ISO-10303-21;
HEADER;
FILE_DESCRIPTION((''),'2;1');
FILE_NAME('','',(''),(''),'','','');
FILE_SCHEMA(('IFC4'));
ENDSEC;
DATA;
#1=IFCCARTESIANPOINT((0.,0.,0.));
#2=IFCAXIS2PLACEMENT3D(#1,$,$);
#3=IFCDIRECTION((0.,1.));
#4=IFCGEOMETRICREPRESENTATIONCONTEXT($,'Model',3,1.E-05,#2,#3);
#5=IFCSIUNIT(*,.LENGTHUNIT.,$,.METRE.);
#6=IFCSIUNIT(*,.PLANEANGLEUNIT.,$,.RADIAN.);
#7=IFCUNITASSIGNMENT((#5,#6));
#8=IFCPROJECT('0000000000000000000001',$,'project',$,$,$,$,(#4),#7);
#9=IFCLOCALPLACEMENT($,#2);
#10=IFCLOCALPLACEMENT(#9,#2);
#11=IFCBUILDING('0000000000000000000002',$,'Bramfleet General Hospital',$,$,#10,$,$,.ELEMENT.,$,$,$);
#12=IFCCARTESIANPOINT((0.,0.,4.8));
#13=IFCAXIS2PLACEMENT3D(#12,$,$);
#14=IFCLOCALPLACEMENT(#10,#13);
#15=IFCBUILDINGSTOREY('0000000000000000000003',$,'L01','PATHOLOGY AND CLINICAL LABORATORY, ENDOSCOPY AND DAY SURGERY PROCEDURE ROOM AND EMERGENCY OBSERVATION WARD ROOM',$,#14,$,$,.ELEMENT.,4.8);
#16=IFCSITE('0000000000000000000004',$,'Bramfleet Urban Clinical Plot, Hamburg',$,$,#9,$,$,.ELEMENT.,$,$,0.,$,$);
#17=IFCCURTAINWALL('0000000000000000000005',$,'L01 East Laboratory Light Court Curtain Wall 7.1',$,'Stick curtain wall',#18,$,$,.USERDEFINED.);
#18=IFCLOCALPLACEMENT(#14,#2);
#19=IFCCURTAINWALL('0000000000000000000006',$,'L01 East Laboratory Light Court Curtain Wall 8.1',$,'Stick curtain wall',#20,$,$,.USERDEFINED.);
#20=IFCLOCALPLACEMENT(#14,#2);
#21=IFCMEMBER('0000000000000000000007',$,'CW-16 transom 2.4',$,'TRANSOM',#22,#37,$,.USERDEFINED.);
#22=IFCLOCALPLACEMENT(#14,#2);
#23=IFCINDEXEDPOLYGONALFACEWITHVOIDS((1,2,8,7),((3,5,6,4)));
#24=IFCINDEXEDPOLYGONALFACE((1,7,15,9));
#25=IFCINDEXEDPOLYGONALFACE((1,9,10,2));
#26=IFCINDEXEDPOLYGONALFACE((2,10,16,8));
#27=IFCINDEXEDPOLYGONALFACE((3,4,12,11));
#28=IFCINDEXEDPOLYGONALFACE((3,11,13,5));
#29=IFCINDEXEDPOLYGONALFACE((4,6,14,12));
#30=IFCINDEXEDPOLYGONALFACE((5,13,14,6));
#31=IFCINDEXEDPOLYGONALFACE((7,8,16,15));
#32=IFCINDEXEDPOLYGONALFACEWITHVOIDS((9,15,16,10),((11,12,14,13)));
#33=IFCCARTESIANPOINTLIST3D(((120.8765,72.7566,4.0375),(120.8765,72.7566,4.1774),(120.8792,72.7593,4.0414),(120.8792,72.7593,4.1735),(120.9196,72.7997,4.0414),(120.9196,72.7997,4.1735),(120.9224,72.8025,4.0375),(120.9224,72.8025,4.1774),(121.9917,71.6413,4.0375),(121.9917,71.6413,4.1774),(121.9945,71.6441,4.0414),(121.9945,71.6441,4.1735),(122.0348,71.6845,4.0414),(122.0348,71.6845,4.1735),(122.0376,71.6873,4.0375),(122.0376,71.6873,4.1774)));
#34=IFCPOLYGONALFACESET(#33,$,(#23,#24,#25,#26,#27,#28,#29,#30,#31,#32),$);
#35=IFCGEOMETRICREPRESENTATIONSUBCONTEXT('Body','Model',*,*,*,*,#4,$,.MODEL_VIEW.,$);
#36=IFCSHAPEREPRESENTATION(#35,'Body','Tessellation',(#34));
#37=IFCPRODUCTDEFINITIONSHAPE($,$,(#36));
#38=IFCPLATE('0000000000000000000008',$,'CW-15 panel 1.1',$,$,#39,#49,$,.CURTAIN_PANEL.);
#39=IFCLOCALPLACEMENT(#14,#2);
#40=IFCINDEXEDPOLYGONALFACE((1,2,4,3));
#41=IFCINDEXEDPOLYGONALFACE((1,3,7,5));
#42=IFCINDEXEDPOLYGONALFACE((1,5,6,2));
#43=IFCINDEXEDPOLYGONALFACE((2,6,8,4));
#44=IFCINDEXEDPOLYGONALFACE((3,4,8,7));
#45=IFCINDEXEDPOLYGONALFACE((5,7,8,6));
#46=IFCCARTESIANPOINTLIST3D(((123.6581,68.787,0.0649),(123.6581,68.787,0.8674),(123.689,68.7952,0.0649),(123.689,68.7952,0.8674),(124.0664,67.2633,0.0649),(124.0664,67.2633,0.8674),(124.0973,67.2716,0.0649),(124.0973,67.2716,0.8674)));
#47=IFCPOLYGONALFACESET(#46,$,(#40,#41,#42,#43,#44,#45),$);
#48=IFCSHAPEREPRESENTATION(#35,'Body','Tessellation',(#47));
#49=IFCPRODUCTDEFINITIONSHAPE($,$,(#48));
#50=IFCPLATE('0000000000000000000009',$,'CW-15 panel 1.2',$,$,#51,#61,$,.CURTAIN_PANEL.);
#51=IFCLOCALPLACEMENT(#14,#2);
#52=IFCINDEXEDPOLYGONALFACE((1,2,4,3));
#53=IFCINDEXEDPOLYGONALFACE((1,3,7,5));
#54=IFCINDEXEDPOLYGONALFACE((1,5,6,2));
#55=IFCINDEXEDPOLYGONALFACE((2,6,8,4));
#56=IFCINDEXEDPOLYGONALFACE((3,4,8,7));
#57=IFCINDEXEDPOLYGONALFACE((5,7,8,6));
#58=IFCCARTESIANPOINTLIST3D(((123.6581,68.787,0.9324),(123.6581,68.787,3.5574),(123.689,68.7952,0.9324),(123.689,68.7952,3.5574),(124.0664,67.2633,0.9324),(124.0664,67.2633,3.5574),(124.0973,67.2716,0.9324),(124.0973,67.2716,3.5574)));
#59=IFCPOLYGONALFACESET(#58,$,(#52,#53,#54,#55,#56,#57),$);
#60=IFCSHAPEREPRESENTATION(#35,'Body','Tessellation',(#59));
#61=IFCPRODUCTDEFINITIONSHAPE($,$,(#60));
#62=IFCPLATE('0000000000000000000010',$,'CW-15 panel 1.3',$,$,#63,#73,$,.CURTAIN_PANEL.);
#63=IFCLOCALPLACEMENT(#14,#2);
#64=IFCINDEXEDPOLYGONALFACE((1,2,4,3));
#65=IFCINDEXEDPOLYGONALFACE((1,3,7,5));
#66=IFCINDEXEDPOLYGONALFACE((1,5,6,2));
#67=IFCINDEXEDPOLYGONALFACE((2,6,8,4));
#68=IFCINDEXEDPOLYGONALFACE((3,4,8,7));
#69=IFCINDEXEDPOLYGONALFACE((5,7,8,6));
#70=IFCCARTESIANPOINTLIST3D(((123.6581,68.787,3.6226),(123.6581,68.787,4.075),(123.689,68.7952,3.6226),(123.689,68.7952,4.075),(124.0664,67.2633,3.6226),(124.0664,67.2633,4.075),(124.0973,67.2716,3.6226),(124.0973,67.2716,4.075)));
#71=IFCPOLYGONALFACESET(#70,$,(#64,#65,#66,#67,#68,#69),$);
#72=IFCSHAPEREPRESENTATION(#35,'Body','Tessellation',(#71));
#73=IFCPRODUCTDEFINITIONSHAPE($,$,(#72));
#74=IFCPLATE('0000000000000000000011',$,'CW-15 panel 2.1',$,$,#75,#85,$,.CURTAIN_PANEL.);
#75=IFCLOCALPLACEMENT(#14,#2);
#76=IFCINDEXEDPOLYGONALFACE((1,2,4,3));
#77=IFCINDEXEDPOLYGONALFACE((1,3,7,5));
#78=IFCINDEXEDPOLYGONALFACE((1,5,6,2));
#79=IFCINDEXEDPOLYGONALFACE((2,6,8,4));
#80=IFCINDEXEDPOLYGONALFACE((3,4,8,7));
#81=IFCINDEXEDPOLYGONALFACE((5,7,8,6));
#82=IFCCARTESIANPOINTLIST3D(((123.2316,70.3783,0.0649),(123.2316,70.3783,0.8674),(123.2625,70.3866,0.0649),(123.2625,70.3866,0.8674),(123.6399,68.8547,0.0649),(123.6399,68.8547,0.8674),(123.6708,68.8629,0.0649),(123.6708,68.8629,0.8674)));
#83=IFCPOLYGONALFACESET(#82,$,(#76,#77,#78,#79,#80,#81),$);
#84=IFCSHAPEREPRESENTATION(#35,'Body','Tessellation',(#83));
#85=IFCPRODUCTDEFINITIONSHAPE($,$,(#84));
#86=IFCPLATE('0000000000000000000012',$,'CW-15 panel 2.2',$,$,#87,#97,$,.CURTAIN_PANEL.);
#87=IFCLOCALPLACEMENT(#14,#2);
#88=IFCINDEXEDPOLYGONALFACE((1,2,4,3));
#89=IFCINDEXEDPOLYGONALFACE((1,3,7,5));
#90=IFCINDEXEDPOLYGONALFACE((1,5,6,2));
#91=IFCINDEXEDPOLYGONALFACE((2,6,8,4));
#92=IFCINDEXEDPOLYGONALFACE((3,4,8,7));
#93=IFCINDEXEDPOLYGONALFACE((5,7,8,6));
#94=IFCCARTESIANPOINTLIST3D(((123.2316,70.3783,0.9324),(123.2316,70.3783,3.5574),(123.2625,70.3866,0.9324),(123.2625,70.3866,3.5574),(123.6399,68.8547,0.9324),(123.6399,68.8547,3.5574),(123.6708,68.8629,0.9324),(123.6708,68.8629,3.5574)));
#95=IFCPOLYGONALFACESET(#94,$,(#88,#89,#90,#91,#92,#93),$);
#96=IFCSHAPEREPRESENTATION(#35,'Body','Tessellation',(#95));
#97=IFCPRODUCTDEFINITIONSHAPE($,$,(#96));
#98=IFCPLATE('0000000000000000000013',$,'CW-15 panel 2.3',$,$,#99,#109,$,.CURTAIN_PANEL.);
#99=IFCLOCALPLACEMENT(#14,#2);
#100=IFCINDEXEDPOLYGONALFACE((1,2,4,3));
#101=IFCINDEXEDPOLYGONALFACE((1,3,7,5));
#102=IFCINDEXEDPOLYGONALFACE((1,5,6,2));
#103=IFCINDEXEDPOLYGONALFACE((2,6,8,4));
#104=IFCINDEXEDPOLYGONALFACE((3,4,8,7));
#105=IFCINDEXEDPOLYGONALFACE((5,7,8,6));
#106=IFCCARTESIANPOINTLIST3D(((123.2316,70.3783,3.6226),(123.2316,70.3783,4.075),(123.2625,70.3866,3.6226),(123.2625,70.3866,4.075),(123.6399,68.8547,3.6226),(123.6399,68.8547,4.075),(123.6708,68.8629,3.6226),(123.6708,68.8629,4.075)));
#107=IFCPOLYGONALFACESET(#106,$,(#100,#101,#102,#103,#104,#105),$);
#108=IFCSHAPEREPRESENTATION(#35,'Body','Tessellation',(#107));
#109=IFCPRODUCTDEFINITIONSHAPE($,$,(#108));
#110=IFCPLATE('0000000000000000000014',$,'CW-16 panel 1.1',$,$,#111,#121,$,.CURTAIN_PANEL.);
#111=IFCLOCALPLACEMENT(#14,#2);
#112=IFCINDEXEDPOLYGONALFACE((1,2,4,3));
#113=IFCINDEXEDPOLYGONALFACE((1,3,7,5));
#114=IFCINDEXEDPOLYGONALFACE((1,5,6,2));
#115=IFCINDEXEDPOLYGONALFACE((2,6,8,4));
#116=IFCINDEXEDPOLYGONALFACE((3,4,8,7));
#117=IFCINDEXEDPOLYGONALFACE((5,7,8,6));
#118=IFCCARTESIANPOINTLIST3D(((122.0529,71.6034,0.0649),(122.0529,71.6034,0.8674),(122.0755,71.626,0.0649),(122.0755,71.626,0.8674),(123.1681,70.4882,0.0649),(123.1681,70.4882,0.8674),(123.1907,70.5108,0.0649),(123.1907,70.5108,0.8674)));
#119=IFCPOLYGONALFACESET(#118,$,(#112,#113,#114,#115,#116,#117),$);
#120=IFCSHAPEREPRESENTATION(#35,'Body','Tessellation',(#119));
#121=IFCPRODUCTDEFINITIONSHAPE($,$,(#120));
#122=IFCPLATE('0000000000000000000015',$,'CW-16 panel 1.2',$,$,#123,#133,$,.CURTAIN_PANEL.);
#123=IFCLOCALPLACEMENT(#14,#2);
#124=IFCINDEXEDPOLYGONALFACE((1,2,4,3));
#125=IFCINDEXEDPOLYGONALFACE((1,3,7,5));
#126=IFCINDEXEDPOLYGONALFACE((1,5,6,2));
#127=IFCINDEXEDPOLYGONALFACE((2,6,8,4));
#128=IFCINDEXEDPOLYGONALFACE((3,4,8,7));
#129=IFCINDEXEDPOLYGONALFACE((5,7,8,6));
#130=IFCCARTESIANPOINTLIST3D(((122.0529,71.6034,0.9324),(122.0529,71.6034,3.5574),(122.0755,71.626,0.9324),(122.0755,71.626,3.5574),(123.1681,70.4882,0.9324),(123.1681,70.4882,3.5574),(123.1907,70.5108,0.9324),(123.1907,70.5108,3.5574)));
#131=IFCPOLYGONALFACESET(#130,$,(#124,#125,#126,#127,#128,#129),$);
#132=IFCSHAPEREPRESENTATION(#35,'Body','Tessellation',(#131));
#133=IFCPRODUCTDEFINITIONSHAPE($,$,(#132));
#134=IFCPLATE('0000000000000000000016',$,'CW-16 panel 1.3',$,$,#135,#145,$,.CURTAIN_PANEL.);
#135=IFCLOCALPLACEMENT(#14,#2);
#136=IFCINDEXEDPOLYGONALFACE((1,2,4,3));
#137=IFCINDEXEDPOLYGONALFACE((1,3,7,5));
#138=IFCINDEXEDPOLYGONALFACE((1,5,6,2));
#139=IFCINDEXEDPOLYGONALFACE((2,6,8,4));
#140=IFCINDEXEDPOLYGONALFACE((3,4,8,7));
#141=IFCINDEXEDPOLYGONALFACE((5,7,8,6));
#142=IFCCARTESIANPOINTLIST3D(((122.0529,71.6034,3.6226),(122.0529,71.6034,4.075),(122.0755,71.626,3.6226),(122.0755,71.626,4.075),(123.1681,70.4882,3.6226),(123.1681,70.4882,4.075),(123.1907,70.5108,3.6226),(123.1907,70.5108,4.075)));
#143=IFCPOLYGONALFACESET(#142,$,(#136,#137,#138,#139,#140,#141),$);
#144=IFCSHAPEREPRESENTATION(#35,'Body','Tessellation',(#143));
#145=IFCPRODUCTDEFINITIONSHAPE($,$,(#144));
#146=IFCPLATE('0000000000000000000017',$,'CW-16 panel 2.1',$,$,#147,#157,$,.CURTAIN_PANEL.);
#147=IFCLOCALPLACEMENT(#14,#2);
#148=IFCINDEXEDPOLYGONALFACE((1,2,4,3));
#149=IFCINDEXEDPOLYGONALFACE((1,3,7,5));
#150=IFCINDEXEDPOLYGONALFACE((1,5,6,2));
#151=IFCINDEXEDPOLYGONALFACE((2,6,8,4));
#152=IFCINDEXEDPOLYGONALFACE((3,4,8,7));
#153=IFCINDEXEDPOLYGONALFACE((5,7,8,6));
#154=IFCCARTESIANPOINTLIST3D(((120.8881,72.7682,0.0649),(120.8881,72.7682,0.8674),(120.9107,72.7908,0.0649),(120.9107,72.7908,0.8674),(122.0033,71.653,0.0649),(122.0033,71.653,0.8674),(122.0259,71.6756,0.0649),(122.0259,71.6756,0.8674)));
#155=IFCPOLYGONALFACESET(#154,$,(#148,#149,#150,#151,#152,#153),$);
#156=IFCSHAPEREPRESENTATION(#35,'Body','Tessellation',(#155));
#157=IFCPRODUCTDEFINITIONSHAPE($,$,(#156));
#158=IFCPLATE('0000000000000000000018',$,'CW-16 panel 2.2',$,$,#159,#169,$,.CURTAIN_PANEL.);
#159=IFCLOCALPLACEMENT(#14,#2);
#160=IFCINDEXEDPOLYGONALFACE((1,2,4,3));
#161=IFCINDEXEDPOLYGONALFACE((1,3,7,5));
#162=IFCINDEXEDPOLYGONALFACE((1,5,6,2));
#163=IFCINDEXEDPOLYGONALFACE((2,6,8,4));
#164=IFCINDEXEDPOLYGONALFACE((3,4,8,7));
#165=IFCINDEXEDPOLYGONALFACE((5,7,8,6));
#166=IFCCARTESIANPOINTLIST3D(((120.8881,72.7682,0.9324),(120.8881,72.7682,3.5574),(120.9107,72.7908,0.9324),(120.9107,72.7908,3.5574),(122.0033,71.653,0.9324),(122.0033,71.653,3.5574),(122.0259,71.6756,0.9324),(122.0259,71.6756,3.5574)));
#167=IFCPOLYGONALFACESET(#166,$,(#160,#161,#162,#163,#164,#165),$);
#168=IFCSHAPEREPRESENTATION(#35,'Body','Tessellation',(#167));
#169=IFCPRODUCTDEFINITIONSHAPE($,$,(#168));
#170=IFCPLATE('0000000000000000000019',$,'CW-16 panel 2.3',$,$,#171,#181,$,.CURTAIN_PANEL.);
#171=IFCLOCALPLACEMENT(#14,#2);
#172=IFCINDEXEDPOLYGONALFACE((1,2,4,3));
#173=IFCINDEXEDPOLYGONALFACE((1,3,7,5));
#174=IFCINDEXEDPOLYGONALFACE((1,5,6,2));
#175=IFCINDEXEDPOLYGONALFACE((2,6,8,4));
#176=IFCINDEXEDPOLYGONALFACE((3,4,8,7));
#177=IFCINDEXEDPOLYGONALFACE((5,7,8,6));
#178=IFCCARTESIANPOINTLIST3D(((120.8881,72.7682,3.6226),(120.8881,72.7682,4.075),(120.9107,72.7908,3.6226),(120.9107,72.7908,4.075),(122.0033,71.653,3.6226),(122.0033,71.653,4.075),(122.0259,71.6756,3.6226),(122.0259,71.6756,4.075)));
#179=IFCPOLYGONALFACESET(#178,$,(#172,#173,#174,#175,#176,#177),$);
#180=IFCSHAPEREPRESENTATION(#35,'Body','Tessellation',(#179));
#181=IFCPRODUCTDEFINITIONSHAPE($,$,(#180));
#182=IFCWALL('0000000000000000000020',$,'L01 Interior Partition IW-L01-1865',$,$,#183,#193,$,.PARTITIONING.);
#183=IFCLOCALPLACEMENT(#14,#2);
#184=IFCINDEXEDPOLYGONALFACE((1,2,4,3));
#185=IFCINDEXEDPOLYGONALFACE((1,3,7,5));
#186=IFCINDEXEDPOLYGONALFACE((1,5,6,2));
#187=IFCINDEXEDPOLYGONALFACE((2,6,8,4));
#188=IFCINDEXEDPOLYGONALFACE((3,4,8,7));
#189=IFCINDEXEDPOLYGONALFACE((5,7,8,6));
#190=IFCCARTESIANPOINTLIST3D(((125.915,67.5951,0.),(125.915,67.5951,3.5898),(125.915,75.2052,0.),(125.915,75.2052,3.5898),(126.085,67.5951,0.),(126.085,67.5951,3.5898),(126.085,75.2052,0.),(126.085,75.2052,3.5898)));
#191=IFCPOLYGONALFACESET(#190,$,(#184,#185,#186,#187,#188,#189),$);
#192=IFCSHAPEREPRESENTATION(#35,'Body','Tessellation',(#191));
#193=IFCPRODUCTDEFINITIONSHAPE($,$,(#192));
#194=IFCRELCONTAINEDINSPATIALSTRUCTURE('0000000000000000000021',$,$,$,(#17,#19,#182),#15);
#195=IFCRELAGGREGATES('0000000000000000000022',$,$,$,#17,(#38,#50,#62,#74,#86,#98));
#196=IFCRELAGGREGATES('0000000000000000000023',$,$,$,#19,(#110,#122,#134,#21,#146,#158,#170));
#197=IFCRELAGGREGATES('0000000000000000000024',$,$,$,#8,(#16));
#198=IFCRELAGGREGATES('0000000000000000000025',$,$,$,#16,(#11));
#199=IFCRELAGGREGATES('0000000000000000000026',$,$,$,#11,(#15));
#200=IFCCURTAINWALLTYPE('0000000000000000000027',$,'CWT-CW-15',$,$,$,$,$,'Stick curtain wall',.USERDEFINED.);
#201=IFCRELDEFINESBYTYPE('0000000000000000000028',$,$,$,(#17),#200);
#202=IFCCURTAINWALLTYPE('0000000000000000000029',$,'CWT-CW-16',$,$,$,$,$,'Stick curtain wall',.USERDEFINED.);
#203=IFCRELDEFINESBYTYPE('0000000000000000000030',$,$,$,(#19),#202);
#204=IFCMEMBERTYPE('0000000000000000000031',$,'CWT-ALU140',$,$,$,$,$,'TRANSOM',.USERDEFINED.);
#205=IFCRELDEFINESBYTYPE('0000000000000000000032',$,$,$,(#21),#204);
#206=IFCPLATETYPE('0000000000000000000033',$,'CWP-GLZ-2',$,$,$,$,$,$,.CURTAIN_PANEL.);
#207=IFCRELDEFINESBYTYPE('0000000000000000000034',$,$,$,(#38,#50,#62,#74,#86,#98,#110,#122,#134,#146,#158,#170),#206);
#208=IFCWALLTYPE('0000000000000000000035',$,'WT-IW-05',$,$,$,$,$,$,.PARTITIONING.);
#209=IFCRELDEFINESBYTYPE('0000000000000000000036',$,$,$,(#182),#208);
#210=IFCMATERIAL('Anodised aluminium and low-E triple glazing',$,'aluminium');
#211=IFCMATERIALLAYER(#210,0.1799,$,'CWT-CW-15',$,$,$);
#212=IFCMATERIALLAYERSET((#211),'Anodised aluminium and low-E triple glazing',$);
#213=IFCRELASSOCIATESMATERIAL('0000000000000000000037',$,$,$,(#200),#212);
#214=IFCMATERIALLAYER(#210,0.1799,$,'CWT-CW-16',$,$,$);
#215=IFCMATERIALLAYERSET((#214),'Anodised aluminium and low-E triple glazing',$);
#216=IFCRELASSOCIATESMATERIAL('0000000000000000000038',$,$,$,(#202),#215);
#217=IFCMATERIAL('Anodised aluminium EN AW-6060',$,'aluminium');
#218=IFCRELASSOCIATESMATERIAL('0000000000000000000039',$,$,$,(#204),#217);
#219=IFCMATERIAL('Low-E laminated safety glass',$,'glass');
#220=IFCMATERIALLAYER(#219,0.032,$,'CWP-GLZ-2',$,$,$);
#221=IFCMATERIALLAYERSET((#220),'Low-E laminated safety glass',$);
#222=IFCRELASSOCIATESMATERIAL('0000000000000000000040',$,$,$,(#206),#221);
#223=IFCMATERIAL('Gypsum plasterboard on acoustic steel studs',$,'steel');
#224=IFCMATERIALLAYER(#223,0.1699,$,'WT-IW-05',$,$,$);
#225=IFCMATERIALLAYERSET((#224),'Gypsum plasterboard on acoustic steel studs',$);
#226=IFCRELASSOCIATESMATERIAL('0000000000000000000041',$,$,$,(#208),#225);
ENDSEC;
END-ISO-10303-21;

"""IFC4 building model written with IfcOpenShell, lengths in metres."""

from ifc_helpers import new_model, si_unit, direction, frame, frame_2d, origin, origin_2d, place, context, subcontext, project, spatial, rectangle, hollow_rectangle, extrude, material, layer, layer_set, material_profile, profile_set, type_object, element, aggregate, save


model = new_model("IFC4")

# Units and contexts
model_context = context("Model", 3, precision=1e-05, world=origin(), true_north=direction((0.0, 1.0)))
body_context = subcontext(model_context, "Body", "Model", "MODEL_VIEW")
ifc_project = project(units=[si_unit("LENGTHUNIT", "METRE"), si_unit("PLANEANGLEUNIT", "RADIAN")], contexts=[model_context])

# Site, building, storey
site_placement = place(None, origin())
site = spatial("IfcSite", under=ifc_project, at=site_placement, Name="Bramfleet Urban Clinical Plot, Hamburg", CompositionType="ELEMENT", RefElevation=0.0)
building_placement = place(site_placement, origin())
building = spatial("IfcBuilding", under=site, at=building_placement, Name="Bramfleet General Hospital", CompositionType="ELEMENT")
storey_placement = place(building_placement, frame((0.0, 0.0, 4.8)))
storey = spatial("IfcBuildingStorey", under=building, at=storey_placement, Name="L01", Description="PATHOLOGY AND CLINICAL LABORATORY, ENDOSCOPY AND DAY SURGERY PROCEDURE ROOM AND EMERGENCY OBSERVATION WARD ROOM", CompositionType="ELEMENT", Elevation=4.8)

# Curtain walls
ifc_material_1 = material(Name="Anodised aluminium and low-E triple glazing", Category="aluminium")
ifc_layer_1 = layer(ifc_material_1, 0.1799, Name="CWT-CW-15")
ifc_layer_set_1 = layer_set([ifc_layer_1], Name="Anodised aluminium and low-E triple glazing")
curtain_wall_type_1 = type_object("IfcCurtainWallType", Name="CWT-CW-15", ElementType="Stick curtain wall", PredefinedType="USERDEFINED", material=ifc_layer_set_1)
curtain_wall_1_placement = place(storey_placement, origin())
curtain_wall_1 = element("IfcCurtainWall", 1, at=curtain_wall_1_placement, inside=storey, type_object=curtain_wall_type_1, Name="L01 East Laboratory Light Court Curtain Wall 7.1", ObjectType="Stick curtain wall", PredefinedType="USERDEFINED")
ifc_material_2 = material(Name="Anodised aluminium EN AW-6060", Category="aluminium")
ifc_layer_2 = layer(ifc_material_1, 0.1799, Name="CWT-CW-16")
ifc_layer_set_2 = layer_set([ifc_layer_2], Name="Anodised aluminium and low-E triple glazing")
curtain_wall_type_2 = type_object("IfcCurtainWallType", Name="CWT-CW-16", ElementType="Stick curtain wall", PredefinedType="USERDEFINED", material=ifc_layer_set_2)
curtain_wall_2_placement = place(storey_placement, origin())
curtain_wall_2 = element("IfcCurtainWall", 2, at=curtain_wall_2_placement, inside=storey, type_object=curtain_wall_type_2, Name="L01 East Laboratory Light Court Curtain Wall 8.1", ObjectType="Stick curtain wall", PredefinedType="USERDEFINED")

# Member
ifc_material_profile_1 = material_profile(ifc_material_2, hollow_rectangle(XDim=0.0649, YDim=0.1399, WallThickness=0.0039, at=origin_2d()), Name="ALU 140x65x4.0")
ifc_profile_set_1 = profile_set([ifc_material_profile_1], Name="Anodised aluminium EN AW-6060")
member_type_1 = type_object("IfcMemberType", Name="CWT-ALU140", ElementType="TRANSOM", PredefinedType="USERDEFINED", material=ifc_profile_set_1)
member_1_placement = place(storey_placement, frame((122.0146, 71.6643, 4.1074), z_axis=(-0.707107, 0.707107, 0.0), x_axis=(-0.707107, -0.707107, 0.0)))
member_1 = element("IfcMember", 3, at=member_1_placement, type_object=member_type_1, Name="CW-16 transom 2.4", ObjectType="TRANSOM", PredefinedType="USERDEFINED", context=body_context, shape_type="SweptSolid", body=[
    extrude(hollow_rectangle(XDim=0.0649, YDim=0.1399, WallThickness=0.0039, at=origin_2d()), origin(), (0.0, 0.0, 1.0), 1.5771),
])

# Plates
ifc_material_3 = material(Name="Low-E laminated safety glass", Category="glass")
ifc_layer_3 = layer(ifc_material_3, 0.032, Name="CWP-GLZ-2")
ifc_layer_set_3 = layer_set([ifc_layer_3], Name="Low-E laminated safety glass")
plate_type = type_object("IfcPlateType", Name="CWP-GLZ-2", PredefinedType="CURTAIN_PANEL", material=ifc_layer_set_3)
plate_1_placement = place(storey_placement, frame((123.8777, 68.0293, 0.0649), z_axis=(0.0, 0.0, 1.0), x_axis=(-0.258865, 0.965914, 0.0)))
plate_1 = element("IfcPlate", 4, at=plate_1_placement, type_object=plate_type, Name="CW-15 panel 1.1", PredefinedType="CURTAIN_PANEL", context=body_context, shape_type="SweptSolid", body=[
    extrude(rectangle(XDim=1.5774, YDim=0.032, at=origin_2d()), origin(), (0.0, 0.0, 1.0), 0.8025),
])
plate_2_placement = place(storey_placement, frame((123.8777, 68.0293, 0.9324), z_axis=(0.0, 0.0, 1.0), x_axis=(-0.258865, 0.965914, 0.0)))
plate_2 = element("IfcPlate", 5, at=plate_2_placement, type_object=plate_type, Name="CW-15 panel 1.2", PredefinedType="CURTAIN_PANEL", context=body_context, shape_type="SweptSolid", body=[
    extrude(rectangle(XDim=1.5774, YDim=0.032, at=origin_2d()), origin(), (0.0, 0.0, 1.0), 2.625),
])
plate_3_placement = place(storey_placement, frame((123.8777, 68.0293, 3.6226), z_axis=(0.0, 0.0, 1.0), x_axis=(-0.258865, 0.965914, 0.0)))
plate_3 = element("IfcPlate", 6, at=plate_3_placement, type_object=plate_type, Name="CW-15 panel 1.3", PredefinedType="CURTAIN_PANEL", context=body_context, shape_type="SweptSolid", body=[
    extrude(rectangle(XDim=1.5774, YDim=0.032, at=origin_2d()), origin(), (0.0, 0.0, 1.0), 0.4524),
])
plate_4_placement = place(storey_placement, frame((123.4512, 69.6206, 0.0649), z_axis=(0.0, 0.0, 1.0), x_axis=(-0.258865, 0.965914, 0.0)))
plate_4 = element("IfcPlate", 7, at=plate_4_placement, type_object=plate_type, Name="CW-15 panel 2.1", PredefinedType="CURTAIN_PANEL", context=body_context, shape_type="SweptSolid", body=[
    extrude(rectangle(XDim=1.5774, YDim=0.032, at=origin_2d()), origin(), (0.0, 0.0, 1.0), 0.8025),
])
plate_5_placement = place(storey_placement, frame((123.4512, 69.6206, 0.9324), z_axis=(0.0, 0.0, 1.0), x_axis=(-0.258865, 0.965914, 0.0)))
plate_5 = element("IfcPlate", 8, at=plate_5_placement, type_object=plate_type, Name="CW-15 panel 2.2", PredefinedType="CURTAIN_PANEL", context=body_context, shape_type="SweptSolid", body=[
    extrude(rectangle(XDim=1.5774, YDim=0.032, at=origin_2d()), origin(), (0.0, 0.0, 1.0), 2.625),
])
plate_6_placement = place(storey_placement, frame((123.4512, 69.6206, 3.6226), z_axis=(0.0, 0.0, 1.0), x_axis=(-0.258865, 0.965914, 0.0)))
plate_6 = element("IfcPlate", 9, at=plate_6_placement, type_object=plate_type, Name="CW-15 panel 2.3", PredefinedType="CURTAIN_PANEL", context=body_context, shape_type="SweptSolid", body=[
    extrude(rectangle(XDim=1.5774, YDim=0.032, at=origin_2d()), origin(), (0.0, 0.0, 1.0), 0.4524),
])
aggregate(curtain_wall_1, [plate_1, plate_2, plate_3, plate_4, plate_5, plate_6])
plate_7_placement = place(storey_placement, frame((122.6218, 71.0571, 0.0649), z_axis=(0.0, 0.0, 1.0), x_axis=(-0.707107, 0.707107, 0.0)))
plate_7 = element("IfcPlate", 10, at=plate_7_placement, type_object=plate_type, Name="CW-16 panel 1.1", PredefinedType="CURTAIN_PANEL", context=body_context, shape_type="SweptSolid", body=[
    extrude(rectangle(XDim=1.5771, YDim=0.032, at=origin_2d()), origin(), (0.0, 0.0, 1.0), 0.8025),
])
plate_8_placement = place(storey_placement, frame((122.6218, 71.0571, 0.9324), z_axis=(0.0, 0.0, 1.0), x_axis=(-0.707107, 0.707107, 0.0)))
plate_8 = element("IfcPlate", 11, at=plate_8_placement, type_object=plate_type, Name="CW-16 panel 1.2", PredefinedType="CURTAIN_PANEL", context=body_context, shape_type="SweptSolid", body=[
    extrude(rectangle(XDim=1.5771, YDim=0.032, at=origin_2d()), origin(), (0.0, 0.0, 1.0), 2.625),
])
plate_9_placement = place(storey_placement, frame((122.6218, 71.0571, 3.6226), z_axis=(0.0, 0.0, 1.0), x_axis=(-0.707107, 0.707107, 0.0)))
plate_9 = element("IfcPlate", 12, at=plate_9_placement, type_object=plate_type, Name="CW-16 panel 1.3", PredefinedType="CURTAIN_PANEL", context=body_context, shape_type="SweptSolid", body=[
    extrude(rectangle(XDim=1.5771, YDim=0.032, at=origin_2d()), origin(), (0.0, 0.0, 1.0), 0.4524),
])
plate_10_placement = place(storey_placement, frame((121.457, 72.2219, 0.0649), z_axis=(0.0, 0.0, 1.0), x_axis=(-0.707107, 0.707107, 0.0)))
plate_10 = element("IfcPlate", 13, at=plate_10_placement, type_object=plate_type, Name="CW-16 panel 2.1", PredefinedType="CURTAIN_PANEL", context=body_context, shape_type="SweptSolid", body=[
    extrude(rectangle(XDim=1.5771, YDim=0.032, at=origin_2d()), origin(), (0.0, 0.0, 1.0), 0.8025),
])
plate_11_placement = place(storey_placement, frame((121.457, 72.2219, 0.9324), z_axis=(0.0, 0.0, 1.0), x_axis=(-0.707107, 0.707107, 0.0)))
plate_11 = element("IfcPlate", 14, at=plate_11_placement, type_object=plate_type, Name="CW-16 panel 2.2", PredefinedType="CURTAIN_PANEL", context=body_context, shape_type="SweptSolid", body=[
    extrude(rectangle(XDim=1.5771, YDim=0.032, at=origin_2d()), origin(), (0.0, 0.0, 1.0), 2.625),
])
plate_12_placement = place(storey_placement, frame((121.457, 72.2219, 3.6226), z_axis=(0.0, 0.0, 1.0), x_axis=(-0.707107, 0.707107, 0.0)))
plate_12 = element("IfcPlate", 15, at=plate_12_placement, type_object=plate_type, Name="CW-16 panel 2.3", PredefinedType="CURTAIN_PANEL", context=body_context, shape_type="SweptSolid", body=[
    extrude(rectangle(XDim=1.5771, YDim=0.032, at=origin_2d()), origin(), (0.0, 0.0, 1.0), 0.4524),
])
aggregate(curtain_wall_2, [plate_7, plate_8, plate_9, member_1, plate_10, plate_11, plate_12])

# Wall
ifc_material_4 = material(Name="Gypsum plasterboard on acoustic steel studs", Category="steel")
ifc_layer_4 = layer(ifc_material_4, 0.1699, Name="WT-IW-05")
ifc_layer_set_4 = layer_set([ifc_layer_4], Name="Gypsum plasterboard on acoustic steel studs")
wall_type = type_object("IfcWallType", Name="WT-IW-05", PredefinedType="PARTITIONING", material=ifc_layer_set_4)
wall_placement = place(storey_placement, frame((126.0, 67.595, 0.0), z_axis=(0.0, 0.0, 1.0), x_axis=(0.0, 1.0, 0.0)))
element("IfcWall", 16, at=wall_placement, inside=storey, type_object=wall_type, Name="L01 Interior Partition IW-L01-1865", PredefinedType="PARTITIONING", context=body_context, shape_type="SweptSolid", body=[
    extrude(rectangle(XDim=7.6101, YDim=0.1699, at=frame_2d((3.8052, 0.0))), origin(), (0.0, 0.0, 1.0), 3.5898),
])

save(model, "model.ifc")
